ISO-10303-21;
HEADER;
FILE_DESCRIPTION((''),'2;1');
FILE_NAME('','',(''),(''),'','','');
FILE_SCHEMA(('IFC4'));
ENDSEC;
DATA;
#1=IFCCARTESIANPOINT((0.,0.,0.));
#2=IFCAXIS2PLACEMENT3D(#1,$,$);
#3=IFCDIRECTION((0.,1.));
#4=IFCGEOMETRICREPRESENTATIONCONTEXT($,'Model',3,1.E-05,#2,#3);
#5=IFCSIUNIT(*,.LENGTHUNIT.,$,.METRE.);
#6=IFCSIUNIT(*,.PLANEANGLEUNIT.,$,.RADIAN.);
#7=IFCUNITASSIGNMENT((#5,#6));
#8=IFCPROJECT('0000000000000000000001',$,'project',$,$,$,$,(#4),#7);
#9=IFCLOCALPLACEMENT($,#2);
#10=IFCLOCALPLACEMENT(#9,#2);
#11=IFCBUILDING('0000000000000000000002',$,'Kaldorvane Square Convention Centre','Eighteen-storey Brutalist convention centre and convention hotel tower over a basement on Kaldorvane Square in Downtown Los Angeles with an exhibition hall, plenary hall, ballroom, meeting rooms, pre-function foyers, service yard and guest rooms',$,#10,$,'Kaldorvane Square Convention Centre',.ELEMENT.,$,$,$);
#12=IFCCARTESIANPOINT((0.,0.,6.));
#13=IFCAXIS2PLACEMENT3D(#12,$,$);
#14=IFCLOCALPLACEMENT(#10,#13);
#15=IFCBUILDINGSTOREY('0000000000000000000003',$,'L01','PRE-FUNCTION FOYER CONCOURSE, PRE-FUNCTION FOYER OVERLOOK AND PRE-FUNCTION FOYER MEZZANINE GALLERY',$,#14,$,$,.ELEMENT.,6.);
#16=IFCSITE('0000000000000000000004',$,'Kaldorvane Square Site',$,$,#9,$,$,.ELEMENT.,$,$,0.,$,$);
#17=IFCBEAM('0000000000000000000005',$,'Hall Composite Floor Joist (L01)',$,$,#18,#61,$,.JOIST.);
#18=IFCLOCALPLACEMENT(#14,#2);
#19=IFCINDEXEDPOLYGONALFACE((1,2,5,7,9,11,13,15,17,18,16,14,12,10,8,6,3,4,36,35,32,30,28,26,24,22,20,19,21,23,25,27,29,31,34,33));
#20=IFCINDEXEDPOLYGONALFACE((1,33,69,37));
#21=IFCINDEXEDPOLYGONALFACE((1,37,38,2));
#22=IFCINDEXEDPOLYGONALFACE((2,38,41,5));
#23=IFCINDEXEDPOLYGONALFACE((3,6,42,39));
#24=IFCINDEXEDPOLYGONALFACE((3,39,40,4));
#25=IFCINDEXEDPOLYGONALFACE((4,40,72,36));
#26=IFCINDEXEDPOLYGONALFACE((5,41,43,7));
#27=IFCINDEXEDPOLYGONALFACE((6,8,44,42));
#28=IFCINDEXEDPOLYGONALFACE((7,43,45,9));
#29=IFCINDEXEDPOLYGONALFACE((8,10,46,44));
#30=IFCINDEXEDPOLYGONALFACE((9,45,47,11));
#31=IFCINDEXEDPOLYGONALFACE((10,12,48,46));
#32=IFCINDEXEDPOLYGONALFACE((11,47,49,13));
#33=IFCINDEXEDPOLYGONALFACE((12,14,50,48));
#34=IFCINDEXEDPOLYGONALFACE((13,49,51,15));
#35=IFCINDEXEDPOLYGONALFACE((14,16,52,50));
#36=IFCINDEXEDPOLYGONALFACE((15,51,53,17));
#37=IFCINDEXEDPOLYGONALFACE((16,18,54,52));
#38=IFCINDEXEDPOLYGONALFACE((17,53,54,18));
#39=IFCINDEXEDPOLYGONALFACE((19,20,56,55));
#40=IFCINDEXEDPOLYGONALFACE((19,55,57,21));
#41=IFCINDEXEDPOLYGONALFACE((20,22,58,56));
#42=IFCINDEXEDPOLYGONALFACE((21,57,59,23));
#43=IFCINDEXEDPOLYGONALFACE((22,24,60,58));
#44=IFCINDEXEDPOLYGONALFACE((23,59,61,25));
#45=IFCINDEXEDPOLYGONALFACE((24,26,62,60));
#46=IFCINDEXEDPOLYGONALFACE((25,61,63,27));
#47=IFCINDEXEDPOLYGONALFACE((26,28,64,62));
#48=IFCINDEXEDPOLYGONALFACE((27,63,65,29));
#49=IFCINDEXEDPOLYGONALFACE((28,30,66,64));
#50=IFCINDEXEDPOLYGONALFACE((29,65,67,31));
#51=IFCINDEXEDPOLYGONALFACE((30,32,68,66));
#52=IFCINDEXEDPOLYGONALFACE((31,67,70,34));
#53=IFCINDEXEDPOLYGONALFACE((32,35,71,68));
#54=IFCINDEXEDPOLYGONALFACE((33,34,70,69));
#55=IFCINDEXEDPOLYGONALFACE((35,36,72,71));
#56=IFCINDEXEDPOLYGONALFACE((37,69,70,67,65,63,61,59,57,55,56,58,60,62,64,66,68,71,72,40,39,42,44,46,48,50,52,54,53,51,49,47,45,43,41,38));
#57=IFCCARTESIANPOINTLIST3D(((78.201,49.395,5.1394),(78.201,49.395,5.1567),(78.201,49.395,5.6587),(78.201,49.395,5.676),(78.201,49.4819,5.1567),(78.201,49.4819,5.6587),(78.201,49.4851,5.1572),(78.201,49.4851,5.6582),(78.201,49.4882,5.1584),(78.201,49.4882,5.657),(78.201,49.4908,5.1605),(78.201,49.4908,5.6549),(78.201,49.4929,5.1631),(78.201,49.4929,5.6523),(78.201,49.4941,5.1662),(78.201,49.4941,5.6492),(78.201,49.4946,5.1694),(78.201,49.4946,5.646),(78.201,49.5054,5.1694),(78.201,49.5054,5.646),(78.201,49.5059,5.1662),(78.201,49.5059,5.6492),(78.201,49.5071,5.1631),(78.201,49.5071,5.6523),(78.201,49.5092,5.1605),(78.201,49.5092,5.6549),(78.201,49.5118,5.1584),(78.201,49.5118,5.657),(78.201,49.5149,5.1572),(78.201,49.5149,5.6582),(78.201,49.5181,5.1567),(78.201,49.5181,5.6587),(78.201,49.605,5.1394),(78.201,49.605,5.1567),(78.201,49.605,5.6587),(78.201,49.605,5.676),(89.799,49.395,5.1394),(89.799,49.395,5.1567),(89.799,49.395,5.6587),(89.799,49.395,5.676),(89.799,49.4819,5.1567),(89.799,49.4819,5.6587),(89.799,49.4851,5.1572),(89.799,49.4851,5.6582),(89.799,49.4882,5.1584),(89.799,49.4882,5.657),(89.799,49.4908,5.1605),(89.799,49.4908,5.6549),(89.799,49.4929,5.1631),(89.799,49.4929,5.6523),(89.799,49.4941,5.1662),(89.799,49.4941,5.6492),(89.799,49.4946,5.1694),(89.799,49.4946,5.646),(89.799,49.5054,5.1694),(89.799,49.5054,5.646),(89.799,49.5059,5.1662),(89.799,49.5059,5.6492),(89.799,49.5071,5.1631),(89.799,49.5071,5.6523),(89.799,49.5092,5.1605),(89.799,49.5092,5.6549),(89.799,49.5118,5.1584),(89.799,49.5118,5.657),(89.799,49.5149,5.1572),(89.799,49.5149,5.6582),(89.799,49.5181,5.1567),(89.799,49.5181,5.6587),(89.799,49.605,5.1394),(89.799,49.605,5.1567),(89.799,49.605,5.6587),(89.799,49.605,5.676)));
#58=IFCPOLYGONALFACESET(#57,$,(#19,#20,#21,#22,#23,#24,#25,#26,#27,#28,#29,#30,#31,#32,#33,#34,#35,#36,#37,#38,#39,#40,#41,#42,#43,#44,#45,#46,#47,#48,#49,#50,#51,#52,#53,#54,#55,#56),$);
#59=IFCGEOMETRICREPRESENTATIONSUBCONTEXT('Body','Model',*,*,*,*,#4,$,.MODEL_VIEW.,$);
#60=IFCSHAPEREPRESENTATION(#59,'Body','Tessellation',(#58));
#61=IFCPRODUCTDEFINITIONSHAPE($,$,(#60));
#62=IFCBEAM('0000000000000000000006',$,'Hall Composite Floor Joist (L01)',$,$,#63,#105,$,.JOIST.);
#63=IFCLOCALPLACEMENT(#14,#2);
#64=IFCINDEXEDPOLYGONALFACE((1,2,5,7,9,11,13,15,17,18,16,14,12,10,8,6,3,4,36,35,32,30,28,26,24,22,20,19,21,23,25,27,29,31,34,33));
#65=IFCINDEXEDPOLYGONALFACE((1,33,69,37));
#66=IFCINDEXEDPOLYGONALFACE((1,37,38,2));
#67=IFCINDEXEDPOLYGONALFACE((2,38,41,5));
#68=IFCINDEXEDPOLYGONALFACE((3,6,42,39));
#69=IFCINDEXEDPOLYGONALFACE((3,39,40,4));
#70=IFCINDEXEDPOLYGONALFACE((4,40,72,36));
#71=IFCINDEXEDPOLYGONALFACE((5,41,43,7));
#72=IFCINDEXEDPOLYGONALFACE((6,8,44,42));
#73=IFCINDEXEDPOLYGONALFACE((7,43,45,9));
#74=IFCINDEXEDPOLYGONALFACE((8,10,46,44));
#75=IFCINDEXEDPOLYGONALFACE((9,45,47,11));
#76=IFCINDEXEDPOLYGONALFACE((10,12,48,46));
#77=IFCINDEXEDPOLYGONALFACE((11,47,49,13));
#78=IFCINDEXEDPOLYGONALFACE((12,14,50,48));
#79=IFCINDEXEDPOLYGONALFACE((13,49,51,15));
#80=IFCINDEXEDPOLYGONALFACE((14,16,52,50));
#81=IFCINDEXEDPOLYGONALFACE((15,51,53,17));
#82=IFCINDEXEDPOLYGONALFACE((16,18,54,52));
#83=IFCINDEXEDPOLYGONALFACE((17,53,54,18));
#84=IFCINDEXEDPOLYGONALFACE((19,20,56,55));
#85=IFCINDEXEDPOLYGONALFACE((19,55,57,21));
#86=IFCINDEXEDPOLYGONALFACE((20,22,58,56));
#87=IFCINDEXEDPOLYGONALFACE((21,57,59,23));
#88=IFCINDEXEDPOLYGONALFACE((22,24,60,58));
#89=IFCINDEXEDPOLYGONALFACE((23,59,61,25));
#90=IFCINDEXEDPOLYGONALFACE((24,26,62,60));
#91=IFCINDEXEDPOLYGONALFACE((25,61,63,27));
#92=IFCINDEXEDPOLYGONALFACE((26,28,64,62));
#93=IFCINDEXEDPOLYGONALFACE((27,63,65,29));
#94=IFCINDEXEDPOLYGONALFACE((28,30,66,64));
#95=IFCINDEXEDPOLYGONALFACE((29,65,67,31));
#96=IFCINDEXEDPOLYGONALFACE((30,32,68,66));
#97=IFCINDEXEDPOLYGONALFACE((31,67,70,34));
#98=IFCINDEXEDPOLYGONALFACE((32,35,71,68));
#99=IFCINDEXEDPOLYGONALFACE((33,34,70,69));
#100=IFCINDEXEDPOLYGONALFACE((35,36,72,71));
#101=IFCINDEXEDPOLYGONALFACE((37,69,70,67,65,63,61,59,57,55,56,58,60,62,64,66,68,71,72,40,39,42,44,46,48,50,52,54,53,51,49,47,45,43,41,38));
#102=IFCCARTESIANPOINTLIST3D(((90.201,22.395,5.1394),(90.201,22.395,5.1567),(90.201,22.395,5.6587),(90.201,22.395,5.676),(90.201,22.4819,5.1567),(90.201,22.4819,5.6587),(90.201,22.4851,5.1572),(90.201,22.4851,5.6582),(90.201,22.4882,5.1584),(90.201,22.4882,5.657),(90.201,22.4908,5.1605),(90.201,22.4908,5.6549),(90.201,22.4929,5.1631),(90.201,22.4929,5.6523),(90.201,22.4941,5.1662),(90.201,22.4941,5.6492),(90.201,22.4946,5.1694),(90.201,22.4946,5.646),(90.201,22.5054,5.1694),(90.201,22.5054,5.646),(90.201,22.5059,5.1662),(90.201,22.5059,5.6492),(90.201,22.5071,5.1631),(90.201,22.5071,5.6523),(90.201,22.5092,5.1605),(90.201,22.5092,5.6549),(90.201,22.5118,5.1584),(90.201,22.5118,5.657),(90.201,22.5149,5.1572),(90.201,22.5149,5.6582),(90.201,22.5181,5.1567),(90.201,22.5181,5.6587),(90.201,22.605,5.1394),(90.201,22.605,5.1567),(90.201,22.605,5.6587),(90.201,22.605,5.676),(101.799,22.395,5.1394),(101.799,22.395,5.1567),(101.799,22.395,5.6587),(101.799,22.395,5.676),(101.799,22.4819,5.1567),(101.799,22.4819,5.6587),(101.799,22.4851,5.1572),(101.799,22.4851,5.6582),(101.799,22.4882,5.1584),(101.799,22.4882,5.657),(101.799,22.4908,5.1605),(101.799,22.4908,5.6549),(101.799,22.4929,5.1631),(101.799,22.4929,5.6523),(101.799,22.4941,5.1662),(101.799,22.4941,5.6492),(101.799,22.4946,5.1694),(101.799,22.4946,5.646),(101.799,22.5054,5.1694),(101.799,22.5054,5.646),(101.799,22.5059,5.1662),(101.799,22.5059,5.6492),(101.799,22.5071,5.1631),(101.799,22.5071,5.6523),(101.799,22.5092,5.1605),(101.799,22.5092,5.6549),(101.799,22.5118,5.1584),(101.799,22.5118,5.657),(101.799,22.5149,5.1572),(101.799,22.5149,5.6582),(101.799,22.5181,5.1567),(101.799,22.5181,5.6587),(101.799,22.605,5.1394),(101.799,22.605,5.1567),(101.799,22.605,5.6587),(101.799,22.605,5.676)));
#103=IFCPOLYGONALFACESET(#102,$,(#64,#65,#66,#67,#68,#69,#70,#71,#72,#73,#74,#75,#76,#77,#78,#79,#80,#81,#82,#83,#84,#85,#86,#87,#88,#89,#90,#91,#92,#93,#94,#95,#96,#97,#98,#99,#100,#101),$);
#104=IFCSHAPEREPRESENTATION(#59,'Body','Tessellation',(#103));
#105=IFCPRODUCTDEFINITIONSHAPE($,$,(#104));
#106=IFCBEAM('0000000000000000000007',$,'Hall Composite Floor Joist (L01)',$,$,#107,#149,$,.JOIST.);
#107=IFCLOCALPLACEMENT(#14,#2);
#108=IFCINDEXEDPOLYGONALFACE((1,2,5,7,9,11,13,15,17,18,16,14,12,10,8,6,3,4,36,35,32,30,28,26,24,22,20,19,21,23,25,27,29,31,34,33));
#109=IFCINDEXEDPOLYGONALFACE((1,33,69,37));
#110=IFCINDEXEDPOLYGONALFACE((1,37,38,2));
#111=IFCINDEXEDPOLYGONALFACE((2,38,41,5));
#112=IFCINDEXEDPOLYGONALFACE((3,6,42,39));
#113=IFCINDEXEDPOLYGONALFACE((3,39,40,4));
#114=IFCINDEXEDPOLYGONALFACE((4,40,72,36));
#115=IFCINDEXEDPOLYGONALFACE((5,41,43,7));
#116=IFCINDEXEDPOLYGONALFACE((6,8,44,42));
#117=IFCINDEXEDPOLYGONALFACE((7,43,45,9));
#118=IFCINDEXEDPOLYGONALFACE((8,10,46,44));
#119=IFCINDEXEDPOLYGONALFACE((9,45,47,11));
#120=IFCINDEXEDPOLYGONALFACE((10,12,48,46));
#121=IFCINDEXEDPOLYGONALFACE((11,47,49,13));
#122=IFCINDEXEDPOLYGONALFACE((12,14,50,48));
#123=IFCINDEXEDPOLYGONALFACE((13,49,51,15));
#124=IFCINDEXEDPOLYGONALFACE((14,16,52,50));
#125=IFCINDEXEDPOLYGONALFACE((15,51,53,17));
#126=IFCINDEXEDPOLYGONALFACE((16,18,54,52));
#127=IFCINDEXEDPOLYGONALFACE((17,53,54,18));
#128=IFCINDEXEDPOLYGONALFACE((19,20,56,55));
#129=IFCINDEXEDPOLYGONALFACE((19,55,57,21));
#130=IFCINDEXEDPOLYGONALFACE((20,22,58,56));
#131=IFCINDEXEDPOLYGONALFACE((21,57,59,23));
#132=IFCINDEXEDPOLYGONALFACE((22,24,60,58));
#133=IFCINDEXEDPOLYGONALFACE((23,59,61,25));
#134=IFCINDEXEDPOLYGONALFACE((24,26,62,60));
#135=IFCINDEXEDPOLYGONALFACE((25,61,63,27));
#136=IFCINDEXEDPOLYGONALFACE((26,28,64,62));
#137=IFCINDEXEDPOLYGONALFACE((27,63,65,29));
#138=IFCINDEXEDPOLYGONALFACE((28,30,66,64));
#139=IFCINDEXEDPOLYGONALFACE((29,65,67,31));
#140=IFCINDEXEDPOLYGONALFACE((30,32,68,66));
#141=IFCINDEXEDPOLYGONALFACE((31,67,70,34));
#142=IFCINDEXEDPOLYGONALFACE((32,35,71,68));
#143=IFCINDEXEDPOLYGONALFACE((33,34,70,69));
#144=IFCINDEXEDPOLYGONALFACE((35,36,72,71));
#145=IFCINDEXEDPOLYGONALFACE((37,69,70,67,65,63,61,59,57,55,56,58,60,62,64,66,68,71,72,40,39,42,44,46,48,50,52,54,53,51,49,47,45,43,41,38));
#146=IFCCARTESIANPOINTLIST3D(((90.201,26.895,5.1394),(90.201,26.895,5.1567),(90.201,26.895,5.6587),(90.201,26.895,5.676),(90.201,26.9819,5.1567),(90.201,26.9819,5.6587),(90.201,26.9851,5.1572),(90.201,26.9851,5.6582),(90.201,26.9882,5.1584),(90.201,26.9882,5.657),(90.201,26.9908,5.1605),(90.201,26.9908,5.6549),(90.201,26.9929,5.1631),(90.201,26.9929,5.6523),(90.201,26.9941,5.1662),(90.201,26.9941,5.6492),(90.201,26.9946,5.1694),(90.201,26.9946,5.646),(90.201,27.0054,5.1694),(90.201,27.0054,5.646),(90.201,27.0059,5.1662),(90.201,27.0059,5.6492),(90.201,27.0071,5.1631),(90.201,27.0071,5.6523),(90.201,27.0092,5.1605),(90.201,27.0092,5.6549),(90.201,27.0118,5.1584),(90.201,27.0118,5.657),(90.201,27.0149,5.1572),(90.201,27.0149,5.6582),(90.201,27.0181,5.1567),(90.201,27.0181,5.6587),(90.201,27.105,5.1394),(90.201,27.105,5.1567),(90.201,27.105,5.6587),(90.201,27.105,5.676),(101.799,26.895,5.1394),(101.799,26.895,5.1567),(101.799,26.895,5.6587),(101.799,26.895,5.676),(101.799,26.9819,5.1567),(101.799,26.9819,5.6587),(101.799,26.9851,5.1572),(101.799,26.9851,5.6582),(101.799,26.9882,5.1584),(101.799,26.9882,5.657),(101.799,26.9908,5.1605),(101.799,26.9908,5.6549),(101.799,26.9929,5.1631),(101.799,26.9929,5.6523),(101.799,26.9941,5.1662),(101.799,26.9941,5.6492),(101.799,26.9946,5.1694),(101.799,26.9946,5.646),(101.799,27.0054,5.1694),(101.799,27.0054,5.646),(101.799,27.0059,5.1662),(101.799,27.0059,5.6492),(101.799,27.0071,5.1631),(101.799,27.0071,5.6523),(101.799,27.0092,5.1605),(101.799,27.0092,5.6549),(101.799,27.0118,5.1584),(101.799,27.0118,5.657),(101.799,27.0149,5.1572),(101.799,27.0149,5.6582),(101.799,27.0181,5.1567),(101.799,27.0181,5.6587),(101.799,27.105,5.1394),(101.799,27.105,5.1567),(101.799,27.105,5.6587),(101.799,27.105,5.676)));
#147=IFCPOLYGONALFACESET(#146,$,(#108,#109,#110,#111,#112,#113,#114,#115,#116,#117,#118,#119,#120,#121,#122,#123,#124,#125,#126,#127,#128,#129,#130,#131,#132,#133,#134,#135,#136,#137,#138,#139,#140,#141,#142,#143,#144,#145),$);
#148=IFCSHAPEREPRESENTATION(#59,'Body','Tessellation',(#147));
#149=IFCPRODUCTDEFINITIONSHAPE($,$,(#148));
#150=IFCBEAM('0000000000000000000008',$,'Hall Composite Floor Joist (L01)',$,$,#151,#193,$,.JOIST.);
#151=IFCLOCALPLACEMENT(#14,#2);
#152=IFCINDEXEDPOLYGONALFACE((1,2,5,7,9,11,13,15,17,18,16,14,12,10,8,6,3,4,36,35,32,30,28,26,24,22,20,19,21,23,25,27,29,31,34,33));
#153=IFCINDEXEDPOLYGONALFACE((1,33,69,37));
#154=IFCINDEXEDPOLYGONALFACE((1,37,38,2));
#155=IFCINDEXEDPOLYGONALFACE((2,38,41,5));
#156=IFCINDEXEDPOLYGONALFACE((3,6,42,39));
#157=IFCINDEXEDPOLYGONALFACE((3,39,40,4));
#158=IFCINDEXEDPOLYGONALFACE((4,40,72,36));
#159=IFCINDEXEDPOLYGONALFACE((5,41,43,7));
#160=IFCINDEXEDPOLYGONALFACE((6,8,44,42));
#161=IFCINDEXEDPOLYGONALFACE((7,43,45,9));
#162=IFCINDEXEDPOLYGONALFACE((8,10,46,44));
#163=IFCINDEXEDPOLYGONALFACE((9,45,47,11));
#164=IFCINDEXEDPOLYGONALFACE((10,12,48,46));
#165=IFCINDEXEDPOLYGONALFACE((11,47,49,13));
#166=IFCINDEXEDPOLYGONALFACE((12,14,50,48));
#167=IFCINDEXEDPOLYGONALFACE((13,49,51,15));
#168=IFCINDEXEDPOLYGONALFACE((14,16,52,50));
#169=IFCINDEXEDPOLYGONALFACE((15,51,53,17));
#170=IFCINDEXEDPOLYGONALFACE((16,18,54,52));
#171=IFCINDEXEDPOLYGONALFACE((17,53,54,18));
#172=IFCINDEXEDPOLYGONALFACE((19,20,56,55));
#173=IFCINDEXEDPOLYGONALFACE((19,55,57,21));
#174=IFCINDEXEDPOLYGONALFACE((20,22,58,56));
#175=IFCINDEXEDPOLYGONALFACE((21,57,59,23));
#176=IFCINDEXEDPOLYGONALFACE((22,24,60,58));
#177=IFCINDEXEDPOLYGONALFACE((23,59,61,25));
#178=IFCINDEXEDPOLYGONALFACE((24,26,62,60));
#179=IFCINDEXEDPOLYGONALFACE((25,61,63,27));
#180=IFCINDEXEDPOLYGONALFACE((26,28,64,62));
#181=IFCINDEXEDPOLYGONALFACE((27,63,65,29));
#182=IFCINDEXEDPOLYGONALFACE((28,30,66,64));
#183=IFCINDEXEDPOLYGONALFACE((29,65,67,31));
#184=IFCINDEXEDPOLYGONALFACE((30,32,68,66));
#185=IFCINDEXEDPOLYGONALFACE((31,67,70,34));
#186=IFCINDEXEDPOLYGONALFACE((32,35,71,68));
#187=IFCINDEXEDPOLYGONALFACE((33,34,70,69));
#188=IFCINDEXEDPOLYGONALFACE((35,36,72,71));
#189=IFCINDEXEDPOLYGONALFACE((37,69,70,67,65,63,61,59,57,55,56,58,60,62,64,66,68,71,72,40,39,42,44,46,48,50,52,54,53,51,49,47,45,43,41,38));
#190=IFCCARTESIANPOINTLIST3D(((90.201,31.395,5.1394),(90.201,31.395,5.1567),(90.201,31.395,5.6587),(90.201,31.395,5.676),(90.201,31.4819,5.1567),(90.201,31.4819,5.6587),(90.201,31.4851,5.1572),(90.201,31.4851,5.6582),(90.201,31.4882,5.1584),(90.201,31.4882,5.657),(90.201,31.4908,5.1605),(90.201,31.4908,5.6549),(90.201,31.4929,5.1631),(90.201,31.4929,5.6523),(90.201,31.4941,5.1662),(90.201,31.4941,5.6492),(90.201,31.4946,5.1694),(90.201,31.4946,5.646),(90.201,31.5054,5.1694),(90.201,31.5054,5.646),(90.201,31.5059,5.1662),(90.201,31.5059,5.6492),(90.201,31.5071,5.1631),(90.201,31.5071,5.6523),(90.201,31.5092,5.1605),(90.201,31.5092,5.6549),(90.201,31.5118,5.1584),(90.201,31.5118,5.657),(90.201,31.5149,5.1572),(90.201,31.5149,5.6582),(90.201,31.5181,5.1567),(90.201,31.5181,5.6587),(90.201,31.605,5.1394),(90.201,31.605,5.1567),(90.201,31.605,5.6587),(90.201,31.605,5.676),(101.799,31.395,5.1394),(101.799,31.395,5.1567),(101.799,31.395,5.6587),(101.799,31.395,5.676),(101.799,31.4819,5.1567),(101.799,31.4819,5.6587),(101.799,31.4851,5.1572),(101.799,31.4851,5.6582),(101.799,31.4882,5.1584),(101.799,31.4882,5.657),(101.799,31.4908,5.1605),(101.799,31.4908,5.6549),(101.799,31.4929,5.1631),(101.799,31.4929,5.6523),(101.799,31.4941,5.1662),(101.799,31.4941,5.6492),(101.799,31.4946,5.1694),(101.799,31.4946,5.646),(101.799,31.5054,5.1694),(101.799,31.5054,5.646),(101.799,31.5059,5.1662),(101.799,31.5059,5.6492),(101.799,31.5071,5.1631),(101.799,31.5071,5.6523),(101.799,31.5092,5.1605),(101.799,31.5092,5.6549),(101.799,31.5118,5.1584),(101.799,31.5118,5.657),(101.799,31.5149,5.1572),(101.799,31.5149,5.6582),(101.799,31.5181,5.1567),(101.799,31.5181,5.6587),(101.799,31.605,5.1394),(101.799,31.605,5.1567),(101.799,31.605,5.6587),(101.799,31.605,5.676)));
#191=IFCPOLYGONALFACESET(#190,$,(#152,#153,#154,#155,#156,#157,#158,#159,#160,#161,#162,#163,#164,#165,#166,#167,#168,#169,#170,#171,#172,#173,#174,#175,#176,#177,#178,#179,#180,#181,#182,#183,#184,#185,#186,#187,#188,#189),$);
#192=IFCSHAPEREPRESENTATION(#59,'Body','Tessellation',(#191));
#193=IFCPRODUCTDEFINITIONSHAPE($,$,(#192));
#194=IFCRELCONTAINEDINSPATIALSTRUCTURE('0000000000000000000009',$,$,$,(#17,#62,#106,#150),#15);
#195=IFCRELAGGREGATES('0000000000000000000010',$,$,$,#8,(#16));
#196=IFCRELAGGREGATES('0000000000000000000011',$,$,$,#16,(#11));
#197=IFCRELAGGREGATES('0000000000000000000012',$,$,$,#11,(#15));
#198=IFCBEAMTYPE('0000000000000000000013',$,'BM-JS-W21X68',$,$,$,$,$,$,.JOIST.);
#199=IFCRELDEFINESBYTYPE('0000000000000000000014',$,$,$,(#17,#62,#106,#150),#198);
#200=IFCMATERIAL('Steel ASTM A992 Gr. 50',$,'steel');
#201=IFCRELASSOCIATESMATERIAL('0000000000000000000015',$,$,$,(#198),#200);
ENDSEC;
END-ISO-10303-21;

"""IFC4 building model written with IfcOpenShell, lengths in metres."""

from ifc_helpers import new_model, si_unit, direction, frame, origin, origin_2d, place, context, subcontext, project, spatial, i_section, extrude, material, material_profile, profile_set, type_object, element, save


model = new_model("IFC4")

# Units and contexts
model_context = context("Model", 3, precision=1e-05, world=origin(), true_north=direction((0.0, 1.0)))
body_context = subcontext(model_context, "Body", "Model", "MODEL_VIEW")
ifc_project = project(units=[si_unit("LENGTHUNIT", "METRE"), si_unit("PLANEANGLEUNIT", "RADIAN")], contexts=[model_context])

# Site, building, storey
site_placement = place(None, origin())
site = spatial("IfcSite", under=ifc_project, at=site_placement, Name="Kaldorvane Square Site", CompositionType="ELEMENT", RefElevation=0.0)
building_placement = place(site_placement, origin())
building = spatial("IfcBuilding", under=site, at=building_placement, Name="Kaldorvane Square Convention Centre", Description="Eighteen-storey Brutalist convention centre and convention hotel tower over a basement on Kaldorvane Square in Downtown Los Angeles with an exhibition hall, plenary hall, ballroom, meeting rooms, pre-function foyers, service yard and guest rooms", LongName="Kaldorvane Square Convention Centre", CompositionType="ELEMENT")
storey_placement = place(building_placement, frame((0.0, 0.0, 6.0)))
storey = spatial("IfcBuildingStorey", under=building, at=storey_placement, Name="L01", Description="PRE-FUNCTION FOYER CONCOURSE, PRE-FUNCTION FOYER OVERLOOK AND PRE-FUNCTION FOYER MEZZANINE GALLERY", CompositionType="ELEMENT", Elevation=6.0)

# Beams
ifc_material_1 = material(Name="Steel ASTM A992 Gr. 50", Category="steel")
ifc_material_profile_1 = material_profile(ifc_material_1, i_section(OverallWidth=0.2101, OverallDepth=0.5367, WebThickness=0.0109, FlangeThickness=0.0174, FilletRadius=0.0127, at=origin_2d()), Name="W21X68")
ifc_profile_set_1 = profile_set([ifc_material_profile_1], Name="Steel ASTM A992 Gr. 50")
beam_type_1 = type_object("IfcBeamType", Name="BM-JS-W21X68", PredefinedType="JOIST", material=ifc_profile_set_1)
for number, where, z_axis, x_axis, name in (
    (1, (78.201, 49.5, 5.4077), (1.0, 0.0, 0.0), (0.0, 1.0, 0.0), "Hall Composite Floor Joist (L01)"),
    (2, (90.201, 22.5, 5.4077), (1.0, 0.0, 0.0), (0.0, 1.0, 0.0), "Hall Composite Floor Joist (L01)"),
    (3, (90.201, 27.0, 5.4077), (1.0, 0.0, 0.0), (0.0, 1.0, 0.0), "Hall Composite Floor Joist (L01)"),
    (4, (90.201, 31.5, 5.4077), (1.0, 0.0, 0.0), (0.0, 1.0, 0.0), "Hall Composite Floor Joist (L01)"),
):
    element("IfcBeam", number, at=place(storey_placement, frame(where, z_axis=z_axis, x_axis=x_axis)), inside=storey, type_object=beam_type_1, Name=name, PredefinedType="JOIST", context=body_context, shape_type="SweptSolid", body=[
        extrude(i_section(OverallWidth=0.2101, OverallDepth=0.5367, WebThickness=0.0109, FlangeThickness=0.0174, FilletRadius=0.0127, at=origin_2d()), origin(), (0.0, 0.0, 1.0), 11.598),
    ])

save(model, "model.ifc")
